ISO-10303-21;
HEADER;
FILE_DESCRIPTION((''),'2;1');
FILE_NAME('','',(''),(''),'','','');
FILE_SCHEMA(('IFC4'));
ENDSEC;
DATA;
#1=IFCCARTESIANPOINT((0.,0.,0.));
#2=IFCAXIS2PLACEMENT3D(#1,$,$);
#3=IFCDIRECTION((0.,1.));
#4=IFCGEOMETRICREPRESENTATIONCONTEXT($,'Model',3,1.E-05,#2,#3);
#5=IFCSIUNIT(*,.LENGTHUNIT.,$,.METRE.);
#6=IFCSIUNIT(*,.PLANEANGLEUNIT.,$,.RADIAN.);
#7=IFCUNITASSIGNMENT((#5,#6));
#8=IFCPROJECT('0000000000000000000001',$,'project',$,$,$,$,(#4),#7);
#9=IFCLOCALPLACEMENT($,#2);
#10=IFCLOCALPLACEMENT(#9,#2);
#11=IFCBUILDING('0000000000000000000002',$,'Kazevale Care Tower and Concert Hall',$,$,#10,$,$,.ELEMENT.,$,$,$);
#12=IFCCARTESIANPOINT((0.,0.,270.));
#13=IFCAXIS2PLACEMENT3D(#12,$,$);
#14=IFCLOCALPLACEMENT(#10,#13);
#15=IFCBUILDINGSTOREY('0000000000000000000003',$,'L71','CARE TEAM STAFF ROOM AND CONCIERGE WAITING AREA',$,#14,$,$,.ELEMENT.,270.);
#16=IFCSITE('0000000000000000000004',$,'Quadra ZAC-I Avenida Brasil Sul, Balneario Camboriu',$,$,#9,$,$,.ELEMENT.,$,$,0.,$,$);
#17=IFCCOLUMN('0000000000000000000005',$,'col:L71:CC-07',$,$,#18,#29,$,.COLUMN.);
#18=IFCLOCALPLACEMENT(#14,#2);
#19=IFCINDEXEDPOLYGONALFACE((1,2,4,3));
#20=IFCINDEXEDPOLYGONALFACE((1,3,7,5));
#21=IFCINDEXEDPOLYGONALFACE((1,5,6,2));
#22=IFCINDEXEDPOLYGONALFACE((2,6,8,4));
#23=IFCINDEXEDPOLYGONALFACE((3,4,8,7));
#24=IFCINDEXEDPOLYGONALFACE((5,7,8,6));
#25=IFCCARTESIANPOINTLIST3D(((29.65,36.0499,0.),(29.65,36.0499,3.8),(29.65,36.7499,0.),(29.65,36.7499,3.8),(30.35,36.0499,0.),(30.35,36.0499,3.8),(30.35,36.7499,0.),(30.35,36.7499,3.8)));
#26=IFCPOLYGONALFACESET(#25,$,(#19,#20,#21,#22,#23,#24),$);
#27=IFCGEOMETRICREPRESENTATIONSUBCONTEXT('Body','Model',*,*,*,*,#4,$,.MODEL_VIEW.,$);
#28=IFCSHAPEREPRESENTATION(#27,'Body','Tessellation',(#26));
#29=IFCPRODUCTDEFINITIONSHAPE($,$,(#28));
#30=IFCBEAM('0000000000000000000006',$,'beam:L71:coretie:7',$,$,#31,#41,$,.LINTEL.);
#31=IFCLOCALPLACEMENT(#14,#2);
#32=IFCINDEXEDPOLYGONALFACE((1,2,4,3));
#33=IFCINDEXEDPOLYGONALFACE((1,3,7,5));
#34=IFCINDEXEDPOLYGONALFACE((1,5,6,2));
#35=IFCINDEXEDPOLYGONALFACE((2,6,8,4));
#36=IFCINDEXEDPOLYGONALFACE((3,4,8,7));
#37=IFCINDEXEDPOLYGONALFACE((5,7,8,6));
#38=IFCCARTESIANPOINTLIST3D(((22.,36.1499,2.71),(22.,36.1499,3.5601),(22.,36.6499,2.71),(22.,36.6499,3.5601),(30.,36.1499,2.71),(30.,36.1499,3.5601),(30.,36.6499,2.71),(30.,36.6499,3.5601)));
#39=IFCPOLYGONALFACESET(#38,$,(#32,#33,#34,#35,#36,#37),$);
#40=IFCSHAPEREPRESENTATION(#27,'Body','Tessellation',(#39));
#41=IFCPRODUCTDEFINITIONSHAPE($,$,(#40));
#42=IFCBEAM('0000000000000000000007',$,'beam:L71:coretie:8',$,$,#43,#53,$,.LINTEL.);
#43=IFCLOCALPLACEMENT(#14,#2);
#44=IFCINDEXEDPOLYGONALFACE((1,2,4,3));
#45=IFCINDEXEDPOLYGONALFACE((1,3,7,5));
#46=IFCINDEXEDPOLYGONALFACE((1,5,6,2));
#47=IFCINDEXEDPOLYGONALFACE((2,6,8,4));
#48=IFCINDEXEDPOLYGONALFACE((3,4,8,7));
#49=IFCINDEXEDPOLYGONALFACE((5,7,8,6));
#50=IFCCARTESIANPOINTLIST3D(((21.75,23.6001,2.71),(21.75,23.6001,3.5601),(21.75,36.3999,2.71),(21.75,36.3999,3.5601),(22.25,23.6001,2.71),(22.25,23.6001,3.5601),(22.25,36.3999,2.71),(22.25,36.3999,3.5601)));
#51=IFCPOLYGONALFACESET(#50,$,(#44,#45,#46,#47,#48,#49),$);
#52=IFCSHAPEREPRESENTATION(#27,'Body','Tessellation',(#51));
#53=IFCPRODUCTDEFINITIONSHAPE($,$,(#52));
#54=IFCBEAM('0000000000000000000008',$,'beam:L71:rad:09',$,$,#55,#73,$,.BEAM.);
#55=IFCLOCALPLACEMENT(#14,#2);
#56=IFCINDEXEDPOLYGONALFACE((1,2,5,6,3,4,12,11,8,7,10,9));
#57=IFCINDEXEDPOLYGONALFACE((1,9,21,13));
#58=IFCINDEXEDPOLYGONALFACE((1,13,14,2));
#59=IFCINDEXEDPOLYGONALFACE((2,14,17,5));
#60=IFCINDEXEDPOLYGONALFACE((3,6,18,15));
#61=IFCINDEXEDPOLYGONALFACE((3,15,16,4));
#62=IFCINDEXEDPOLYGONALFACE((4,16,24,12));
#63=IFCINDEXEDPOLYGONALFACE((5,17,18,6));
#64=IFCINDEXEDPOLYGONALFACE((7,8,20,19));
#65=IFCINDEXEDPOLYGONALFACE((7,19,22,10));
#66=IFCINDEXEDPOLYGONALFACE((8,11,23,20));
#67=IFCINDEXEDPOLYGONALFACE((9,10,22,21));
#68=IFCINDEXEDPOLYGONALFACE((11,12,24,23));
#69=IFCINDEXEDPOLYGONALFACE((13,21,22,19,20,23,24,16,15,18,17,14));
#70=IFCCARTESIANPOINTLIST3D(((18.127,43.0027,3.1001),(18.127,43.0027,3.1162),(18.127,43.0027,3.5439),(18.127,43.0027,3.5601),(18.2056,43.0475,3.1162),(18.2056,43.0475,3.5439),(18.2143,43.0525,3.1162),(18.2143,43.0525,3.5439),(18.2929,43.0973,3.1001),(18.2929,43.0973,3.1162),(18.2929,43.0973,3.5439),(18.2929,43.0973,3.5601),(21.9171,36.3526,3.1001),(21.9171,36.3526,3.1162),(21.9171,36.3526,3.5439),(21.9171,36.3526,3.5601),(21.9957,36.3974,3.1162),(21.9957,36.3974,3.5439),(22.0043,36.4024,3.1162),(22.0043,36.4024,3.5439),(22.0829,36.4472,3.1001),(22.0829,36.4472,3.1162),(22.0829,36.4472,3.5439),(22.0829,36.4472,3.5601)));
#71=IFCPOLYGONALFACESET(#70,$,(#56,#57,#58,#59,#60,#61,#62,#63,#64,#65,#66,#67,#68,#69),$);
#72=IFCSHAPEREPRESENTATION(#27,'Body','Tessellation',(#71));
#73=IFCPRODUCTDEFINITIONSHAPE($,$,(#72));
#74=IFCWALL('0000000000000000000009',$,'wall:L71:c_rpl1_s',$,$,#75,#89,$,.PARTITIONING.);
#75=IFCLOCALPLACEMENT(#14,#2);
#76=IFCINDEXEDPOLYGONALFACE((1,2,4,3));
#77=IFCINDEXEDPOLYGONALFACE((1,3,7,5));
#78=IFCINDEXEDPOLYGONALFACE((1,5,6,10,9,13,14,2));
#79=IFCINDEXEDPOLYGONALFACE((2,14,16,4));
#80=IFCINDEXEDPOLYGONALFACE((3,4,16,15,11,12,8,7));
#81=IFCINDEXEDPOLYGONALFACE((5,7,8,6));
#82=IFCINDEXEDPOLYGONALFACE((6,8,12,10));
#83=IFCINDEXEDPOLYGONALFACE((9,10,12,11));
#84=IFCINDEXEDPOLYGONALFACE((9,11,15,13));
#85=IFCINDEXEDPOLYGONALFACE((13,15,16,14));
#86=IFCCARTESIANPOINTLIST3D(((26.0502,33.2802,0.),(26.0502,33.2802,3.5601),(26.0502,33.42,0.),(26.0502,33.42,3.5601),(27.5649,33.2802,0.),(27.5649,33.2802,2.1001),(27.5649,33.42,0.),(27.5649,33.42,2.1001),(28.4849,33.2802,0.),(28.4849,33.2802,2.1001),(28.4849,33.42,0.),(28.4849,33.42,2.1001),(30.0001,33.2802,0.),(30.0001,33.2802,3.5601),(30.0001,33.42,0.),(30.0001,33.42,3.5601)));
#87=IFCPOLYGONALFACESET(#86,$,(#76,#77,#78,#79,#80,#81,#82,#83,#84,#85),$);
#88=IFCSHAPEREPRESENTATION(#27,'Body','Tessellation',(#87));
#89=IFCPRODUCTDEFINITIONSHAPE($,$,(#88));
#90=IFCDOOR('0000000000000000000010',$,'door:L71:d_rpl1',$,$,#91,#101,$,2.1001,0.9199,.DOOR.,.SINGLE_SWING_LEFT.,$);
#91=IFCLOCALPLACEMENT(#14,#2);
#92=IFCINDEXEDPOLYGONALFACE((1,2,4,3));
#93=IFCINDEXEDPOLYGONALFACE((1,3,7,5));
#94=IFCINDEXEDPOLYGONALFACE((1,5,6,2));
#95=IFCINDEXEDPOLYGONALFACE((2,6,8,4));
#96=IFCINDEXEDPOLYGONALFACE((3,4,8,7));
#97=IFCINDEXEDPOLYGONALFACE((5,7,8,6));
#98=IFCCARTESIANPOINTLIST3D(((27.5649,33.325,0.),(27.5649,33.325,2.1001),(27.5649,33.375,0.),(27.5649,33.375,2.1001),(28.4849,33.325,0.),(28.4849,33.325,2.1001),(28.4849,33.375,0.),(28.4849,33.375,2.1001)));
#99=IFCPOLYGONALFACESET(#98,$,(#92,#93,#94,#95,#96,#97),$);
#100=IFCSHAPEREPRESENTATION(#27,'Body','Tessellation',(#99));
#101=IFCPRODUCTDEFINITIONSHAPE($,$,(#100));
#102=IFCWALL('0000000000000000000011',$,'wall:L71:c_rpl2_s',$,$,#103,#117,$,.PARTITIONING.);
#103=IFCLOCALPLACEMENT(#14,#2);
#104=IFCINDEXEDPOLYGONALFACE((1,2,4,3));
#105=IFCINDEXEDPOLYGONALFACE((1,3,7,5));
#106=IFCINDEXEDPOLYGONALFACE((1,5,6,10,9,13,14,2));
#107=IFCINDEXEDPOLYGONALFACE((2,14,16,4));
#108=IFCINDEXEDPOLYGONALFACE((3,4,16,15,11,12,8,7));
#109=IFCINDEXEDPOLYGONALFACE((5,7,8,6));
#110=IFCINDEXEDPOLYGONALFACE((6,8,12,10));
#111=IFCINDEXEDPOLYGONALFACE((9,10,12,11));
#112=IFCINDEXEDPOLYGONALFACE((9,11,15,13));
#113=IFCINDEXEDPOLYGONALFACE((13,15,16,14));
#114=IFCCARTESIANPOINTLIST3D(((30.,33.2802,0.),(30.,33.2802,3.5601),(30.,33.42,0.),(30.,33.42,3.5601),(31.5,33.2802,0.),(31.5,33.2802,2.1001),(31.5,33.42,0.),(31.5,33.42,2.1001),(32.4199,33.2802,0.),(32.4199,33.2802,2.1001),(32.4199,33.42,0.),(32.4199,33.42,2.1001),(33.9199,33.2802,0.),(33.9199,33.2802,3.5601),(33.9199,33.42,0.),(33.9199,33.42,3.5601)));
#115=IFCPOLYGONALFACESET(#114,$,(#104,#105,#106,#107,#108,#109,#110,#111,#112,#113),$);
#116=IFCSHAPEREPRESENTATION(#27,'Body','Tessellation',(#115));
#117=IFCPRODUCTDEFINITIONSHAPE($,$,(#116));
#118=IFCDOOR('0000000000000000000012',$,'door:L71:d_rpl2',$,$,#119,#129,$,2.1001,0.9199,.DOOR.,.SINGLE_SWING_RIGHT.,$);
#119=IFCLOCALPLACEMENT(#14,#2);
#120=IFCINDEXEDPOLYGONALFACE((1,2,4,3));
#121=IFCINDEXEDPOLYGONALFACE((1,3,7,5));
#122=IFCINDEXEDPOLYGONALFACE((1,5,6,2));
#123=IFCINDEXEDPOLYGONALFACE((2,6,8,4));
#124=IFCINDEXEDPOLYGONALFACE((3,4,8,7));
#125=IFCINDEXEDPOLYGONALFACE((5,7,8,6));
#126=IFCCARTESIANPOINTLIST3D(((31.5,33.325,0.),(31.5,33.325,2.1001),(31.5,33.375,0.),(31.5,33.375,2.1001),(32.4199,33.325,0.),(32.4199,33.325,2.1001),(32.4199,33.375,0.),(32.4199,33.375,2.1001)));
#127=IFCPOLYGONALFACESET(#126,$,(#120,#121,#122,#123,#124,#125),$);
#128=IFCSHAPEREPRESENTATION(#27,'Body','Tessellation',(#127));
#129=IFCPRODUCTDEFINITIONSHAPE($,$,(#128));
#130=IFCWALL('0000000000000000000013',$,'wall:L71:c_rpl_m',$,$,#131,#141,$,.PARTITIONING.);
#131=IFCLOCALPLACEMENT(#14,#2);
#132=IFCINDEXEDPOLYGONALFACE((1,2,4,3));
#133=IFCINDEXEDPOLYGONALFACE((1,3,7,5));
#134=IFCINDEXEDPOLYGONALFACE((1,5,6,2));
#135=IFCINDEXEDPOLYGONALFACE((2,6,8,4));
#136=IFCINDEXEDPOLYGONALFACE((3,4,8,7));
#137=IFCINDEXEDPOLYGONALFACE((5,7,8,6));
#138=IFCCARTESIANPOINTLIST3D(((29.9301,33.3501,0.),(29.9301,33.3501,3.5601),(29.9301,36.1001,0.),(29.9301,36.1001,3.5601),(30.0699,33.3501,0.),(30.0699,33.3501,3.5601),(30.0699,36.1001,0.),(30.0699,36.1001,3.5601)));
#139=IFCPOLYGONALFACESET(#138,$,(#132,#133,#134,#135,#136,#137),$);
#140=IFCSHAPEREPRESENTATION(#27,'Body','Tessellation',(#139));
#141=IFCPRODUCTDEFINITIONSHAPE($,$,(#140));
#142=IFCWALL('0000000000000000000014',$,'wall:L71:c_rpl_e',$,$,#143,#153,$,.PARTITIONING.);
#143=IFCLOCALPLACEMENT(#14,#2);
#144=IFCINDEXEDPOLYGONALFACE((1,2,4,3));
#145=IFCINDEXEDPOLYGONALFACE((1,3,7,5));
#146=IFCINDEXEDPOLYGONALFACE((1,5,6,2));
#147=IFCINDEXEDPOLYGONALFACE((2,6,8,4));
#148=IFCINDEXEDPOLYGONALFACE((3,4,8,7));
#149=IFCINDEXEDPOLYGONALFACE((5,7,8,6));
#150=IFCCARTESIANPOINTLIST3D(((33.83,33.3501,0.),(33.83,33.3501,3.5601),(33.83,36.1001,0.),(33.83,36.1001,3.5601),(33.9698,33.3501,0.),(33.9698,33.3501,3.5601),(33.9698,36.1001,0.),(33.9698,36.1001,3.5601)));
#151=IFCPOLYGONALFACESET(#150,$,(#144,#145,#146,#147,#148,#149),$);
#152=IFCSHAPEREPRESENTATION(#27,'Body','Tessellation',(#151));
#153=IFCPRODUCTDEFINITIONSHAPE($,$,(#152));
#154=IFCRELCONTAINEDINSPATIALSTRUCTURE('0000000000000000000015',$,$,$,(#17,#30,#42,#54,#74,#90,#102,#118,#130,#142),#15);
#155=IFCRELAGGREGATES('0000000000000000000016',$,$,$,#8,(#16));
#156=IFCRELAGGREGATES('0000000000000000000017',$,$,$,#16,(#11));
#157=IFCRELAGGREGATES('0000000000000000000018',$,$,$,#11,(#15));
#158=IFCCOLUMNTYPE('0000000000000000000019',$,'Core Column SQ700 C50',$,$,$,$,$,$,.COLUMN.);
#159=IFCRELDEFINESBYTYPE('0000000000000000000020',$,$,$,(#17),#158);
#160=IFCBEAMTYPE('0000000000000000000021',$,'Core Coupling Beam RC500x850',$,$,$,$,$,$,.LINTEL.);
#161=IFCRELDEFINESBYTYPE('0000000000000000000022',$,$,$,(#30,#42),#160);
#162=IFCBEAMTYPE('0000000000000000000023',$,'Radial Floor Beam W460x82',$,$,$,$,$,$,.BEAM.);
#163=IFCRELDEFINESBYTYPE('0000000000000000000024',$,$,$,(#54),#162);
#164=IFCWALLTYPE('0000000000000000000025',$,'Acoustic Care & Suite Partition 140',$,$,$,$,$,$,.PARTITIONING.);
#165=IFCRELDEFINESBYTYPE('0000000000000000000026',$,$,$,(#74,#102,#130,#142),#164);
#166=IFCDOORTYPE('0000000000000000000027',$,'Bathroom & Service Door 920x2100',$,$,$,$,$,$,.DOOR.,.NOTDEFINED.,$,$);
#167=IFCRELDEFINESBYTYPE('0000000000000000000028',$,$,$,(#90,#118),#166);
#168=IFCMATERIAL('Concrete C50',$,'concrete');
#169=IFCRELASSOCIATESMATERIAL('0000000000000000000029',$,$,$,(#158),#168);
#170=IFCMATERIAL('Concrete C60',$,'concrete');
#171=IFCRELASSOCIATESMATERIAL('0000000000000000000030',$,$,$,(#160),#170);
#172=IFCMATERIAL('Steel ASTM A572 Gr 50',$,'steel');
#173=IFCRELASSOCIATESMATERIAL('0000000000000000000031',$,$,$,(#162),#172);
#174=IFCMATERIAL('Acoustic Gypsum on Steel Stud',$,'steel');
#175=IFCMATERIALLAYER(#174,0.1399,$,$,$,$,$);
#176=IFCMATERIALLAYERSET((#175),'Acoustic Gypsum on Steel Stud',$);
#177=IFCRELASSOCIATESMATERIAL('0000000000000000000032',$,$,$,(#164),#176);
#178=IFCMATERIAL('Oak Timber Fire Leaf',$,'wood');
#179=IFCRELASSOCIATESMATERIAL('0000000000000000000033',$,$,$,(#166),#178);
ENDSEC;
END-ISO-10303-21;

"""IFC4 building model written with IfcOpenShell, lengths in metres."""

from ifc_helpers import new_model, si_unit, direction, frame, frame_2d, origin, origin_2d, place, context, subcontext, project, spatial, rectangle, i_section, extrude, material, layer, layer_set, material_profile, profile_set, type_object, element, fill, save


model = new_model("IFC4")

# Units and contexts
model_context = context("Model", 3, precision=1e-05, world=origin(), true_north=direction((0.0, 1.0)))
body_context = subcontext(model_context, "Body", "Model", "MODEL_VIEW")
ifc_project = project(units=[si_unit("LENGTHUNIT", "METRE"), si_unit("PLANEANGLEUNIT", "RADIAN")], contexts=[model_context])

# Site, building, storey
site_placement = place(None, origin())
site = spatial("IfcSite", under=ifc_project, at=site_placement, Name="Quadra ZAC-I Avenida Brasil Sul, Balneario Camboriu", CompositionType="ELEMENT", RefElevation=0.0)
building_placement = place(site_placement, origin())
building = spatial("IfcBuilding", under=site, at=building_placement, Name="Kazevale Care Tower and Concert Hall", CompositionType="ELEMENT")
storey_placement = place(building_placement, frame((0.0, 0.0, 270.0)))
storey = spatial("IfcBuildingStorey", under=building, at=storey_placement, Name="L71", Description="CARE TEAM STAFF ROOM AND CONCIERGE WAITING AREA", CompositionType="ELEMENT", Elevation=270.0)

# Column
ifc_material_1 = material(Name="Concrete C50", Category="concrete")
ifc_material_profile_1 = material_profile(ifc_material_1, rectangle(XDim=0.7, YDim=0.7, at=origin_2d()), Name="RC-SQ700")
ifc_profile_set_1 = profile_set([ifc_material_profile_1], Name="Concrete C50")
column_type = type_object("IfcColumnType", Name="Core Column SQ700 C50", PredefinedType="COLUMN", material=ifc_profile_set_1)
column_placement = place(storey_placement, frame((30.0, 36.3999, 0.0), z_axis=(0.0, 0.0, 1.0), x_axis=(1.0, 0.0, 0.0)))
element("IfcColumn", 1, at=column_placement, inside=storey, type_object=column_type, Name="col:L71:CC-07", PredefinedType="COLUMN", context=body_context, shape_type="SweptSolid", body=[
    extrude(rectangle(XDim=0.7, YDim=0.7, at=origin_2d()), origin(), (0.0, 0.0, 1.0), 3.8),
])

# Beams
ifc_material_2 = material(Name="Concrete C60", Category="concrete")
ifc_material_profile_2 = material_profile(ifc_material_2, rectangle(XDim=0.5, YDim=0.8501, at=origin_2d()), Name="RC-B500x850")
ifc_profile_set_2 = profile_set([ifc_material_profile_2], Name="Concrete C60")
beam_type_1 = type_object("IfcBeamType", Name="Core Coupling Beam RC500x850", PredefinedType="LINTEL", material=ifc_profile_set_2)
beam_1_placement = place(storey_placement, frame((30.0, 36.3999, 3.135), z_axis=(-1.0, 0.0, 0.0), x_axis=(0.0, -1.0, 0.0)))
element("IfcBeam", 2, at=beam_1_placement, inside=storey, type_object=beam_type_1, Name="beam:L71:coretie:7", PredefinedType="LINTEL", context=body_context, shape_type="SweptSolid", body=[
    extrude(rectangle(XDim=0.5, YDim=0.8501, at=origin_2d()), origin(), (0.0, 0.0, 1.0), 8.0),
])
beam_2_placement = place(storey_placement, frame((22.0, 36.3999, 3.135), z_axis=(0.0, -1.0, 0.0), x_axis=(1.0, 0.0, 0.0)))
element("IfcBeam", 3, at=beam_2_placement, inside=storey, type_object=beam_type_1, Name="beam:L71:coretie:8", PredefinedType="LINTEL", context=body_context, shape_type="SweptSolid", body=[
    extrude(rectangle(XDim=0.5, YDim=0.8501, at=origin_2d()), origin(), (0.0, 0.0, 1.0), 12.7998),
])
ifc_material_3 = material(Name="Steel ASTM A572 Gr 50", Category="steel")
ifc_material_profile_3 = material_profile(ifc_material_3, i_section(OverallWidth=0.1909, OverallDepth=0.46, WebThickness=0.01, FlangeThickness=0.0161, at=origin_2d()), Name="W460x82")
ifc_profile_set_3 = profile_set([ifc_material_profile_3], Name="Steel ASTM A572 Gr 50")
beam_type_2 = type_object("IfcBeamType", Name="Radial Floor Beam W460x82", PredefinedType="BEAM", material=ifc_profile_set_3)
beam_3_placement = place(storey_placement, frame((22.0, 36.3999, 3.3301), z_axis=(-0.495149, 0.868808, 0.0), x_axis=(-0.868808, -0.495149, 0.0)))
element("IfcBeam", 4, at=beam_3_placement, inside=storey, type_object=beam_type_2, Name="beam:L71:rad:09", PredefinedType="BEAM", context=body_context, shape_type="SweptSolid", body=[
    extrude(i_section(OverallWidth=0.1909, OverallDepth=0.46, WebThickness=0.01, FlangeThickness=0.0161, at=origin_2d()), origin(), (0.0, 0.0, 1.0), 7.6543),
])

# Walls, openings, doors
ifc_material_4 = material(Name="Acoustic Gypsum on Steel Stud", Category="steel")
ifc_layer_1 = layer(ifc_material_4, 0.1399)
ifc_layer_set_1 = layer_set([ifc_layer_1], Name="Acoustic Gypsum on Steel Stud")
wall_type_1 = type_object("IfcWallType", Name="Acoustic Care & Suite Partition 140", PredefinedType="PARTITIONING", material=ifc_layer_set_1)
wall_1_placement = place(storey_placement, frame((26.05, 33.3501, 0.0), z_axis=(0.0, 0.0, 1.0), x_axis=(1.0, 0.0, 0.0)))
wall_1 = element("IfcWall", 5, at=wall_1_placement, inside=storey, type_object=wall_type_1, Name="wall:L71:c_rpl1_s", PredefinedType="PARTITIONING", context=body_context, shape_type="SweptSolid", body=[
    extrude(rectangle(XDim=3.95, YDim=0.1399, at=frame_2d((1.9751, 0.0))), origin(), (0.0, 0.0, 1.0), 3.5601),
])
opening_1_placement = place(wall_1_placement, frame((1.5149, 0.0, 0.0)))
opening_1 = element("IfcOpeningElement", 6, at=opening_1_placement, cuts=wall_1, PredefinedType="OPENING", context=body_context, shape_type="SweptSolid", body=[
    extrude(rectangle(XDim=0.9199, YDim=2.1001, at=frame_2d((0.46, 1.05))), frame((0.0, 0.0798, 0.0), z_axis=(0.0, -1.0, 0.0), x_axis=(1.0, 0.0, 0.0)), (0.0, 0.0, 1.0), 0.1599),
])
ifc_material_5 = material(Name="Oak Timber Fire Leaf", Category="wood")
door_type_1 = type_object("IfcDoorType", Name="Bathroom & Service Door 920x2100", OperationType="NOTDEFINED", PredefinedType="DOOR", material=ifc_material_5)
door_1_placement = place(opening_1_placement, origin())
door_1 = element("IfcDoor", 7, at=door_1_placement, inside=storey, type_object=door_type_1, Name="door:L71:d_rpl1", OperationType="SINGLE_SWING_LEFT", OverallHeight=2.1001, OverallWidth=0.9199, PredefinedType="DOOR", context=body_context, shape_type="SweptSolid", body=[
    extrude(rectangle(XDim=0.9199, YDim=2.1001, at=frame_2d((0.46, 1.05))), frame((0.0, 0.0249, 0.0), z_axis=(0.0, -1.0, 0.0), x_axis=(1.0, 0.0, 0.0)), (0.0, 0.0, 1.0), 0.05),
])
fill(opening_1, door_1)
wall_2_placement = place(storey_placement, frame((30.0, 33.3501, 0.0), z_axis=(0.0, 0.0, 1.0), x_axis=(1.0, 0.0, 0.0)))
wall_2 = element("IfcWall", 8, at=wall_2_placement, inside=storey, type_object=wall_type_1, Name="wall:L71:c_rpl2_s", PredefinedType="PARTITIONING", context=body_context, shape_type="SweptSolid", body=[
    extrude(rectangle(XDim=3.9199, YDim=0.1399, at=frame_2d((1.96, 0.0))), origin(), (0.0, 0.0, 1.0), 3.5601),
])
opening_2_placement = place(wall_2_placement, frame((1.5, 0.0, 0.0)))
opening_2 = element("IfcOpeningElement", 9, at=opening_2_placement, cuts=wall_2, PredefinedType="OPENING", context=body_context, shape_type="SweptSolid", body=[
    extrude(rectangle(XDim=0.9199, YDim=2.1001, at=frame_2d((0.46, 1.05))), frame((0.0, 0.0798, 0.0), z_axis=(0.0, -1.0, 0.0), x_axis=(1.0, 0.0, 0.0)), (0.0, 0.0, 1.0), 0.1599),
])
door_2_placement = place(opening_2_placement, origin())
door_2 = element("IfcDoor", 10, at=door_2_placement, inside=storey, type_object=door_type_1, Name="door:L71:d_rpl2", OperationType="SINGLE_SWING_RIGHT", OverallHeight=2.1001, OverallWidth=0.9199, PredefinedType="DOOR", context=body_context, shape_type="SweptSolid", body=[
    extrude(rectangle(XDim=0.9199, YDim=2.1001, at=frame_2d((0.46, 1.05))), frame((0.0, 0.0249, 0.0), z_axis=(0.0, -1.0, 0.0), x_axis=(1.0, 0.0, 0.0)), (0.0, 0.0, 1.0), 0.05),
])
fill(opening_2, door_2)

# Walls
for number, where, z_axis, x_axis, name in (
    (11, (30.0, 33.3501, 0.0), (0.0, 0.0, 1.0), (0.0, 1.0, 0.0), "wall:L71:c_rpl_m"),
    (12, (33.8999, 33.3501, 0.0), (0.0, 0.0, 1.0), (0.0, 1.0, 0.0), "wall:L71:c_rpl_e"),
):
    element("IfcWall", number, at=place(storey_placement, frame(where, z_axis=z_axis, x_axis=x_axis)), inside=storey, type_object=wall_type_1, Name=name, PredefinedType="PARTITIONING", context=body_context, shape_type="SweptSolid", body=[
        extrude(rectangle(XDim=2.75, YDim=0.1399, at=frame_2d((1.375, 0.0))), origin(), (0.0, 0.0, 1.0), 3.5601),
    ])

save(model, "model.ifc")
